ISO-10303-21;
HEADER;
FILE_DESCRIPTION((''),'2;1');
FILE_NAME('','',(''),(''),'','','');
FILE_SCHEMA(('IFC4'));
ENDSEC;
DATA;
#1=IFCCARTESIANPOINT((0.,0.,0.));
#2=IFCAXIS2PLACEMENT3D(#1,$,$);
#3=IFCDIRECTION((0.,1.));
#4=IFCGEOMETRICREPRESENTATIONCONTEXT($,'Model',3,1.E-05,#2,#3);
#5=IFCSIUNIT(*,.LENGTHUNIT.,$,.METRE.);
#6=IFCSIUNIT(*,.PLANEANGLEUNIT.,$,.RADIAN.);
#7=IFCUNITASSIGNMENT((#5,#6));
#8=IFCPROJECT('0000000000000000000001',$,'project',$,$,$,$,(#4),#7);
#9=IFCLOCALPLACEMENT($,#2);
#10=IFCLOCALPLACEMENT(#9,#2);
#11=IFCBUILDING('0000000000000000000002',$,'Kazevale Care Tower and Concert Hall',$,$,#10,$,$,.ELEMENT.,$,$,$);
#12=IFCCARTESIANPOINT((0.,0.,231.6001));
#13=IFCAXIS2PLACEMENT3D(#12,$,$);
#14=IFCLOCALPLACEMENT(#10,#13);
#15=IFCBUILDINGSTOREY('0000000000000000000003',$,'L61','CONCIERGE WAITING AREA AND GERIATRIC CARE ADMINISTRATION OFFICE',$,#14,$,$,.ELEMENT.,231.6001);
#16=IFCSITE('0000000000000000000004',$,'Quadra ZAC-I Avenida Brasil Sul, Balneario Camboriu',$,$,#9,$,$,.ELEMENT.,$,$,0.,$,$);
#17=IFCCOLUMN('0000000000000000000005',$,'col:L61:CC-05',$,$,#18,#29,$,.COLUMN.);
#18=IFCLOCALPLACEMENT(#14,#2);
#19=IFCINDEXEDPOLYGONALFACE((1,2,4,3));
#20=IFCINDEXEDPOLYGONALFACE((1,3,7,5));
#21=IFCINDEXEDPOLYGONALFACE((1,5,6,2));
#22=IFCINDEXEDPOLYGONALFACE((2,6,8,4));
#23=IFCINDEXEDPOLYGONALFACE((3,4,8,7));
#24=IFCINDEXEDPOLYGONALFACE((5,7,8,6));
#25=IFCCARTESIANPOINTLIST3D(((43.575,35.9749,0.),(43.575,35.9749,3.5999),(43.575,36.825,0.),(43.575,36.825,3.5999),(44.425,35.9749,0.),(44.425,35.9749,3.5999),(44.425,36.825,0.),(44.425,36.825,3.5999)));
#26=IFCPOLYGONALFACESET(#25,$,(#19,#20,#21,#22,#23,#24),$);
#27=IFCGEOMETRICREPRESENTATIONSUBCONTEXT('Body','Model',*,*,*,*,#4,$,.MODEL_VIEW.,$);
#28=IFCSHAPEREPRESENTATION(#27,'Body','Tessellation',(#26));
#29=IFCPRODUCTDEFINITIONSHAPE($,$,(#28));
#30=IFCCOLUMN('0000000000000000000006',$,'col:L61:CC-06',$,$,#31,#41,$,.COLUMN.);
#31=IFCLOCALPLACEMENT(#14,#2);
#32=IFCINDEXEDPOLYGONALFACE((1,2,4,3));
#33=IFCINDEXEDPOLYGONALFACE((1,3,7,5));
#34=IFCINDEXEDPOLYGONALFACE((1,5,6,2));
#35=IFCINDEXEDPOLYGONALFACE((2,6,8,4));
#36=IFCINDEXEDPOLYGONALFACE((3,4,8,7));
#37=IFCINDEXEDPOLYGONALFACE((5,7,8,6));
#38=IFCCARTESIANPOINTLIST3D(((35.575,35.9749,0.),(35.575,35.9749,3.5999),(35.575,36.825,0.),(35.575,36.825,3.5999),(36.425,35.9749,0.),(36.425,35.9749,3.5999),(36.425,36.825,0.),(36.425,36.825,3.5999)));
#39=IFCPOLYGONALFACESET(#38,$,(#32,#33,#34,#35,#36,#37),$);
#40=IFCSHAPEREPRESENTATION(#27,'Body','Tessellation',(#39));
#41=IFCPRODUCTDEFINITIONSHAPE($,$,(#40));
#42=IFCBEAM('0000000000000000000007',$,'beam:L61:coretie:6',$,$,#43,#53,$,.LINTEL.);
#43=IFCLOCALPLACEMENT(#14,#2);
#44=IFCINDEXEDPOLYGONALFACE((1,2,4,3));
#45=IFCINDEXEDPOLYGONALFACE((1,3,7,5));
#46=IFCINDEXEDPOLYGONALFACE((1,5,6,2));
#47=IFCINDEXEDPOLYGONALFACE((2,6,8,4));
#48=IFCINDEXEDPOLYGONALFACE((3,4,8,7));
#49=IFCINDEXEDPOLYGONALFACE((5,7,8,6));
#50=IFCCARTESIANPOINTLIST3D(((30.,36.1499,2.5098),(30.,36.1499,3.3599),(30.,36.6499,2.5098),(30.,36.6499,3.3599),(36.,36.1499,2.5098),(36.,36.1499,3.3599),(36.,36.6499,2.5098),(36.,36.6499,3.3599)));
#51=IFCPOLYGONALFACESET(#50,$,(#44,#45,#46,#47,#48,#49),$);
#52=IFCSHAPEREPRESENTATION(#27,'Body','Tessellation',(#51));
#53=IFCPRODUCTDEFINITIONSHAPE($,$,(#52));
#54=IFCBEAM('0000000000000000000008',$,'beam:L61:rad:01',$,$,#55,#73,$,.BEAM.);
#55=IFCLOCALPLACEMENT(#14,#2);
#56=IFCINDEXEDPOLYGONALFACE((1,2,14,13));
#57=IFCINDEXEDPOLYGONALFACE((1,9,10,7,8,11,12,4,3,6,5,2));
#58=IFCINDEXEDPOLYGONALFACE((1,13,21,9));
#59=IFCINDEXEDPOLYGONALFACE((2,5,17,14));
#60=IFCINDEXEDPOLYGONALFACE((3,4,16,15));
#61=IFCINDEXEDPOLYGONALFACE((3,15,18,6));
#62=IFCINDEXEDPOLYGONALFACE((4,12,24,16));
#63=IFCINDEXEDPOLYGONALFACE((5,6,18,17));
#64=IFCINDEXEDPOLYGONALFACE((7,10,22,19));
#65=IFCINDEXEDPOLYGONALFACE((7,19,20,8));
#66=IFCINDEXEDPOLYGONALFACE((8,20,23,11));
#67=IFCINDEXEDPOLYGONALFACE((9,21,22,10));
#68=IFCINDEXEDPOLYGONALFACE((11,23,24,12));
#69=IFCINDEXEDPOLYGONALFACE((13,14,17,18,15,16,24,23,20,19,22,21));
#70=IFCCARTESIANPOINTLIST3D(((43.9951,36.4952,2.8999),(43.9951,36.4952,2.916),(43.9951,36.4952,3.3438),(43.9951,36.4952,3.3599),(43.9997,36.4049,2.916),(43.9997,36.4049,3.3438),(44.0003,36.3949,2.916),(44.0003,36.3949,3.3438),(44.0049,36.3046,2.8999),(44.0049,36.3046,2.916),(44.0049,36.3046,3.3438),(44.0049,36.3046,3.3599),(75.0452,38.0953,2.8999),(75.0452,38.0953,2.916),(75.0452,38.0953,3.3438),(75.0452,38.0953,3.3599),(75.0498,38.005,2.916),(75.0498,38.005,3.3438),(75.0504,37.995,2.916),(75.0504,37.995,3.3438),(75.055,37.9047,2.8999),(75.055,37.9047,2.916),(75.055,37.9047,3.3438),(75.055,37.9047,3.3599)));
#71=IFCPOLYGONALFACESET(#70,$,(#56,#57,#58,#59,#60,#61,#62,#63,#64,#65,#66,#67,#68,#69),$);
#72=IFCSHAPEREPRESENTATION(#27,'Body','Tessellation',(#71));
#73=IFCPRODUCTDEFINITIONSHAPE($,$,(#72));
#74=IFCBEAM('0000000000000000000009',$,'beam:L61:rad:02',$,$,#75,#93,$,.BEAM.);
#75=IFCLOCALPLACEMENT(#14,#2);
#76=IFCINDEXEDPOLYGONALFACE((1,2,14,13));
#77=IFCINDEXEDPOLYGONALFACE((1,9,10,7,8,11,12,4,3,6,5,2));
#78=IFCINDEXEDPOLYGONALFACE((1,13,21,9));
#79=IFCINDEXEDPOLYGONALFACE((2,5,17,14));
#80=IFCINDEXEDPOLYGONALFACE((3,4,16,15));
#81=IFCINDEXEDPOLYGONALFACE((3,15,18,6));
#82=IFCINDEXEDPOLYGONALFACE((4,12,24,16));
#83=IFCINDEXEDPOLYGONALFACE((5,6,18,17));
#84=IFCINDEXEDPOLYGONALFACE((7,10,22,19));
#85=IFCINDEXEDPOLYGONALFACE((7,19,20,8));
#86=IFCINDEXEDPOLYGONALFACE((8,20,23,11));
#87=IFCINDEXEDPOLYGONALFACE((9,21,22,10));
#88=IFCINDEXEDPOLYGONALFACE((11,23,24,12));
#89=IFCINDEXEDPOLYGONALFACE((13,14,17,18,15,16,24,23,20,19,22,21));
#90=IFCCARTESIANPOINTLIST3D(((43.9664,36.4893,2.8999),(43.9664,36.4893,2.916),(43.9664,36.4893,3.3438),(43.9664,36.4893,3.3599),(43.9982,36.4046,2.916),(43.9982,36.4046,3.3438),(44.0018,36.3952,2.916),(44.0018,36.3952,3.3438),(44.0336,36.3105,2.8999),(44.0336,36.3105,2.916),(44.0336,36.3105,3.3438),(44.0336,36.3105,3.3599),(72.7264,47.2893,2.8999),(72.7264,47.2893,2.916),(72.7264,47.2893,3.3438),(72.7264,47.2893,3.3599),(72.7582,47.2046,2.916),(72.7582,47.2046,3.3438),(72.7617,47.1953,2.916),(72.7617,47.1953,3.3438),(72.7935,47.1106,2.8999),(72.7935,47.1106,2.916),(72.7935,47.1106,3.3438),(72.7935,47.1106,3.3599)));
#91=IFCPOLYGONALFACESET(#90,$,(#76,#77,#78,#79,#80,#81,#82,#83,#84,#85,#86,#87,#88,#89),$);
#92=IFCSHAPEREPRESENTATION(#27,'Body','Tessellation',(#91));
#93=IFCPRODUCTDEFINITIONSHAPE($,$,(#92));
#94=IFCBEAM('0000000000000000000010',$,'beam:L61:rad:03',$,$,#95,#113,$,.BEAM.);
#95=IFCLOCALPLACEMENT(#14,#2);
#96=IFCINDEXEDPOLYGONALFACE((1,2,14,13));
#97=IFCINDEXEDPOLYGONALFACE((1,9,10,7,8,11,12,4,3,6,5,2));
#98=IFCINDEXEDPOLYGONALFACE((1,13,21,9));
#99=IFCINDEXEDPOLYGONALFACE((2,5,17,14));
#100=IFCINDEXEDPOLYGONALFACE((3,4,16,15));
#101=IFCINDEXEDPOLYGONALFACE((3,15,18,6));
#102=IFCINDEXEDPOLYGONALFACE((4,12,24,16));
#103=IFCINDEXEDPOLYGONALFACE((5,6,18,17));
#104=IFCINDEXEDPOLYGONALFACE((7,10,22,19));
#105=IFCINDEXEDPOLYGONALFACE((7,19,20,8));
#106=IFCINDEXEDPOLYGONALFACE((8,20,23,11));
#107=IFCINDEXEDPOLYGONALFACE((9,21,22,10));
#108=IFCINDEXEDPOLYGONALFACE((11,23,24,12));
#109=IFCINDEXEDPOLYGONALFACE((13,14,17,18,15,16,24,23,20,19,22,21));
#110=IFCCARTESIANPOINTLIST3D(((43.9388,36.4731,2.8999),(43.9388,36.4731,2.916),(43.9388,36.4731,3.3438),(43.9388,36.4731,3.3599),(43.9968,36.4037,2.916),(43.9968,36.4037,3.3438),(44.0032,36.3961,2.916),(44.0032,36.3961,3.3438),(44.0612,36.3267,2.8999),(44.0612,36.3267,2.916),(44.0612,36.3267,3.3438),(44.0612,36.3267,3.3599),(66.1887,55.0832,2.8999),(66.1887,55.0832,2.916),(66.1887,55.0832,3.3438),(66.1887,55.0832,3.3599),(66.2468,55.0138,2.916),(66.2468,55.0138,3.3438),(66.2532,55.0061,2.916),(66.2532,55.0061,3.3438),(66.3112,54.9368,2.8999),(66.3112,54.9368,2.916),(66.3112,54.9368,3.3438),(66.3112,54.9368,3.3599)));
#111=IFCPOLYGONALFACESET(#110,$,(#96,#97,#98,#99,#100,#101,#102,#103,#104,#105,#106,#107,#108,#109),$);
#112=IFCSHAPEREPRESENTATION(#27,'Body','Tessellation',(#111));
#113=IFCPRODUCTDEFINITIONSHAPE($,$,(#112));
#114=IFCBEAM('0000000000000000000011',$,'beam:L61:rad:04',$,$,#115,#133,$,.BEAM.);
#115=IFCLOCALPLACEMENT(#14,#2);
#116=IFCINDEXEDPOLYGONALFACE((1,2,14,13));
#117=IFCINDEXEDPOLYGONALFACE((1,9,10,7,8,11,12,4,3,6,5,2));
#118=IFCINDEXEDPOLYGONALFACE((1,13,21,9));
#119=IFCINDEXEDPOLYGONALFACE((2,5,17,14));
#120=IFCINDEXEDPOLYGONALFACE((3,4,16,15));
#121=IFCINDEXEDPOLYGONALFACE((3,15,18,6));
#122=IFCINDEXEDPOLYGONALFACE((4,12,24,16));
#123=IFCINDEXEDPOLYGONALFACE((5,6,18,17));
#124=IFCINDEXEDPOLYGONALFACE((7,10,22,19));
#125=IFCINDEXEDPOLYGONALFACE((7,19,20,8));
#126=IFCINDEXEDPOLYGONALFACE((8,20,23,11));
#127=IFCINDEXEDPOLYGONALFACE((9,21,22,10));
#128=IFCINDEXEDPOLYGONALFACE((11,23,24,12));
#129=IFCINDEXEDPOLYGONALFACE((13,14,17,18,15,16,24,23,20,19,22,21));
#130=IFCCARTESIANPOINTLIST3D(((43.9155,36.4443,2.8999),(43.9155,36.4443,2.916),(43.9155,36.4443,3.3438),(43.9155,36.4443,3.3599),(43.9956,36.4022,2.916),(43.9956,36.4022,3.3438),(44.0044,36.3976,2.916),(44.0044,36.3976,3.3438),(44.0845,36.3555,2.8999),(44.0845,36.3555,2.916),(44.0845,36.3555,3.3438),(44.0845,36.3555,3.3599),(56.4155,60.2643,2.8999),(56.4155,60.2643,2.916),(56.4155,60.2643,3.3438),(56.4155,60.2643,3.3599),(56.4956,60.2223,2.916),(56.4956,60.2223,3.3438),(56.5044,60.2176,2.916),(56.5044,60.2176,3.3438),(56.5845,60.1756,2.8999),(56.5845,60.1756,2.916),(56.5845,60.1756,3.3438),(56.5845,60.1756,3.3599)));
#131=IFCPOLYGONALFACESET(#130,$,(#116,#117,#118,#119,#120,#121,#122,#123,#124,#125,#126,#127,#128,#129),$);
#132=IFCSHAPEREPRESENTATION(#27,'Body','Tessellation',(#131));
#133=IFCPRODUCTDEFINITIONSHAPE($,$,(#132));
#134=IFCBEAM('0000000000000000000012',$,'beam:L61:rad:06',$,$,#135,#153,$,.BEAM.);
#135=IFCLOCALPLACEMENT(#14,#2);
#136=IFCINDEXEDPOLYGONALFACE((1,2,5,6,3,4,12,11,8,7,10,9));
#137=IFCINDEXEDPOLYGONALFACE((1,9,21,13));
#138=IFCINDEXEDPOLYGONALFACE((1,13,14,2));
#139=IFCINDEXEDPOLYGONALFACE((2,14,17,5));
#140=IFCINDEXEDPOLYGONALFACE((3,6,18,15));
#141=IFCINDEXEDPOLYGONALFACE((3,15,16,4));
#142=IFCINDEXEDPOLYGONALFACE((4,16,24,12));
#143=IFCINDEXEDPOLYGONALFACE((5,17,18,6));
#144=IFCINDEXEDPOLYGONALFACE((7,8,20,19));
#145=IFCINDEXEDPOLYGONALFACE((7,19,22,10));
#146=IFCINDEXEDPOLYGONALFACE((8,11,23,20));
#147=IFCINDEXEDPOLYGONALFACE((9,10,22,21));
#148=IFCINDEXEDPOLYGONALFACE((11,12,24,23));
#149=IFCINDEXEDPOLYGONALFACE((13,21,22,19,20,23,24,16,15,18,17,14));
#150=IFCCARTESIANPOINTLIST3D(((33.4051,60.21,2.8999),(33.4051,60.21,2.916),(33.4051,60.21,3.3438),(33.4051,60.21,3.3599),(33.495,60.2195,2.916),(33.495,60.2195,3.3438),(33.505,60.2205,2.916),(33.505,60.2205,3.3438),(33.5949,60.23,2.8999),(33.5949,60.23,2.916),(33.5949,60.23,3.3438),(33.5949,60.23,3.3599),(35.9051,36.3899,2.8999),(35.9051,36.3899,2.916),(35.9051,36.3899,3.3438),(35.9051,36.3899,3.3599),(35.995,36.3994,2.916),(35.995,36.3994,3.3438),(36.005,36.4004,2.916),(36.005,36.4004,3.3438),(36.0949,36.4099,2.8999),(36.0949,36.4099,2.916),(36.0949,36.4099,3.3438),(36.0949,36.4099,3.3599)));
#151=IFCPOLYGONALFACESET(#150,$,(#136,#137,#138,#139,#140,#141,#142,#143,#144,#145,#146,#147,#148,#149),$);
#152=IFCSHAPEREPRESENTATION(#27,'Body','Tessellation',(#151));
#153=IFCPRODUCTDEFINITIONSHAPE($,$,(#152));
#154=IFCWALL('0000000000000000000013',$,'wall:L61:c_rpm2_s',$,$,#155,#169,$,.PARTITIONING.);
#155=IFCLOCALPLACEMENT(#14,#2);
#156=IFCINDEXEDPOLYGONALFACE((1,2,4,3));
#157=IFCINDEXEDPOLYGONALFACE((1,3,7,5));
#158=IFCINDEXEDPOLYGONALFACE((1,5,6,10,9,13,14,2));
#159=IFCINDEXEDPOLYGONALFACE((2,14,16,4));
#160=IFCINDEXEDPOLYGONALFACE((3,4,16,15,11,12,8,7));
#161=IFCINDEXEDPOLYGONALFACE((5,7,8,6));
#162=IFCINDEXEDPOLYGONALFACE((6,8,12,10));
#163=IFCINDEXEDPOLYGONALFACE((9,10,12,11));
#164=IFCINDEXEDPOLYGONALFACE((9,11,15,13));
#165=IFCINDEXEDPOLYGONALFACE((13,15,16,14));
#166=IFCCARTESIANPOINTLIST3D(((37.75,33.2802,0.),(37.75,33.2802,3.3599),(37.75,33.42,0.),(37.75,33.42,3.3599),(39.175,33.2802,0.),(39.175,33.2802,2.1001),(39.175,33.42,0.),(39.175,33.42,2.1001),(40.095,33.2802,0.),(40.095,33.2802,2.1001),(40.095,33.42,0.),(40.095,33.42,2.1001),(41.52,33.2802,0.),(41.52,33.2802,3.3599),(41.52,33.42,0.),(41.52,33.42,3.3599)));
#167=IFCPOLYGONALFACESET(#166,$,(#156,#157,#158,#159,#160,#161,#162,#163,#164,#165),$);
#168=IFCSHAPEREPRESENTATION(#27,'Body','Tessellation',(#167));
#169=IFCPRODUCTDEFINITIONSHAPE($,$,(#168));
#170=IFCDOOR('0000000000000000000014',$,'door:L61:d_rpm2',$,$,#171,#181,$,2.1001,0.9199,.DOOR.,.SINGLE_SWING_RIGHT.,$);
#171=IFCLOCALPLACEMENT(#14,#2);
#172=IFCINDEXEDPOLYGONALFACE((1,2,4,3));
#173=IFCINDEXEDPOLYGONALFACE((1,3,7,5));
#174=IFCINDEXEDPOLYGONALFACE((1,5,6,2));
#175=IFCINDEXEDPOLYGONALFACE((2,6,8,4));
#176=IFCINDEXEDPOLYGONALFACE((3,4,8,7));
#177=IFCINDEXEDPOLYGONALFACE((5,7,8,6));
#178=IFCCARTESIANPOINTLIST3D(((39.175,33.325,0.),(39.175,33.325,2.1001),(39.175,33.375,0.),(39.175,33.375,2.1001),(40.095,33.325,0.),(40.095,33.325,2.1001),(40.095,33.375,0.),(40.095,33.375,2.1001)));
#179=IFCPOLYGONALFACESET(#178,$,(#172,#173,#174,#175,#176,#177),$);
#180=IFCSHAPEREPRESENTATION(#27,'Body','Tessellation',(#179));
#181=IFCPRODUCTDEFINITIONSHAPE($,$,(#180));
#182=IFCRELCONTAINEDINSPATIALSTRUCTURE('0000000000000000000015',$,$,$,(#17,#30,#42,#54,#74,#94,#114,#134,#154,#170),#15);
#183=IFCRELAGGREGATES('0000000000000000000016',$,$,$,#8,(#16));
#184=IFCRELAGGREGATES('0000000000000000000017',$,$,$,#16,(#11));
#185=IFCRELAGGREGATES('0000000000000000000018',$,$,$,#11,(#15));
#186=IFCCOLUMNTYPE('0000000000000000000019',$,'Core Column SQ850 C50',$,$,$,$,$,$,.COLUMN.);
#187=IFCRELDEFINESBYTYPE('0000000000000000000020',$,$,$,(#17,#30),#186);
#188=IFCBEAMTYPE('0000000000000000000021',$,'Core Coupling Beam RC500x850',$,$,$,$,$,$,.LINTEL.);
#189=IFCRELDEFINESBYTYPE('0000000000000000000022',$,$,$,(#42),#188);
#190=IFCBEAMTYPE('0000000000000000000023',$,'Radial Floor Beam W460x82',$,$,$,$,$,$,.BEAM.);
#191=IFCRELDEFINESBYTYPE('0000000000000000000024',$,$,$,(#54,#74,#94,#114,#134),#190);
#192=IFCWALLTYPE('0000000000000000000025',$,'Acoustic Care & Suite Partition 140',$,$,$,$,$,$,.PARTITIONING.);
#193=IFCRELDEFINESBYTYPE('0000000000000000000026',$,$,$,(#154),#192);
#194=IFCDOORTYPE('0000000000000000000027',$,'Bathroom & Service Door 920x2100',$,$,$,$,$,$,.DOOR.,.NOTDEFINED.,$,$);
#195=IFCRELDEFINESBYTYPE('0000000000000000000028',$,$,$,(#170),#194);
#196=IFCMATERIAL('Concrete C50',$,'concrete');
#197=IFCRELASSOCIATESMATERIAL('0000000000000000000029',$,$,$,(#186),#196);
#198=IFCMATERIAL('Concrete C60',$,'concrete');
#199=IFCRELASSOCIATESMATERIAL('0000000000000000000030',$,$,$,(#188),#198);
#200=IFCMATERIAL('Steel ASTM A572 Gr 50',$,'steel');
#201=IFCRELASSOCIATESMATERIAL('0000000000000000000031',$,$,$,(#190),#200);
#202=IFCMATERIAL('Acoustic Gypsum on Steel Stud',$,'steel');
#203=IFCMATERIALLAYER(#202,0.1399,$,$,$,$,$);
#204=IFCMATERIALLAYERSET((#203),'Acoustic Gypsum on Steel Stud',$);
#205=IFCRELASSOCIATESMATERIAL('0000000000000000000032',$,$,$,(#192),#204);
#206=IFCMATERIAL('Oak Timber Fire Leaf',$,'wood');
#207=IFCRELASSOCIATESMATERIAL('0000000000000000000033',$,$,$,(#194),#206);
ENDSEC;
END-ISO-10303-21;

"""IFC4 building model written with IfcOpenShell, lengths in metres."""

from ifc_helpers import new_model, si_unit, direction, frame, frame_2d, origin, origin_2d, place, context, subcontext, project, spatial, rectangle, i_section, extrude, material, layer, layer_set, material_profile, profile_set, type_object, element, fill, save


model = new_model("IFC4")

# Units and contexts
model_context = context("Model", 3, precision=1e-05, world=origin(), true_north=direction((0.0, 1.0)))
body_context = subcontext(model_context, "Body", "Model", "MODEL_VIEW")
ifc_project = project(units=[si_unit("LENGTHUNIT", "METRE"), si_unit("PLANEANGLEUNIT", "RADIAN")], contexts=[model_context])

# Site, building, storey
site_placement = place(None, origin())
site = spatial("IfcSite", under=ifc_project, at=site_placement, Name="Quadra ZAC-I Avenida Brasil Sul, Balneario Camboriu", CompositionType="ELEMENT", RefElevation=0.0)
building_placement = place(site_placement, origin())
building = spatial("IfcBuilding", under=site, at=building_placement, Name="Kazevale Care Tower and Concert Hall", CompositionType="ELEMENT")
storey_placement = place(building_placement, frame((0.0, 0.0, 231.6001)))
storey = spatial("IfcBuildingStorey", under=building, at=storey_placement, Name="L61", Description="CONCIERGE WAITING AREA AND GERIATRIC CARE ADMINISTRATION OFFICE", CompositionType="ELEMENT", Elevation=231.6001)

# Columns
ifc_material_1 = material(Name="Concrete C50", Category="concrete")
ifc_material_profile_1 = material_profile(ifc_material_1, rectangle(XDim=0.8501, YDim=0.8501, at=origin_2d()), Name="RC-SQ850")
ifc_profile_set_1 = profile_set([ifc_material_profile_1], Name="Concrete C50")
column_type = type_object("IfcColumnType", Name="Core Column SQ850 C50", PredefinedType="COLUMN", material=ifc_profile_set_1)
for number, where, z_axis, x_axis, name in (
    (1, (44.0, 36.3999, 0.0), (0.0, 0.0, 1.0), (1.0, 0.0, 0.0), "col:L61:CC-05"),
    (2, (36.0, 36.3999, 0.0), (0.0, 0.0, 1.0), (1.0, 0.0, 0.0), "col:L61:CC-06"),
):
    element("IfcColumn", number, at=place(storey_placement, frame(where, z_axis=z_axis, x_axis=x_axis)), inside=storey, type_object=column_type, Name=name, PredefinedType="COLUMN", context=body_context, shape_type="SweptSolid", body=[
        extrude(rectangle(XDim=0.8501, YDim=0.8501, at=origin_2d()), origin(), (0.0, 0.0, 1.0), 3.5999),
    ])

# Beams
ifc_material_2 = material(Name="Concrete C60", Category="concrete")
ifc_material_profile_2 = material_profile(ifc_material_2, rectangle(XDim=0.5, YDim=0.8501, at=origin_2d()), Name="RC-B500x850")
ifc_profile_set_2 = profile_set([ifc_material_profile_2], Name="Concrete C60")
beam_type_1 = type_object("IfcBeamType", Name="Core Coupling Beam RC500x850", PredefinedType="LINTEL", material=ifc_profile_set_2)
beam_1_placement = place(storey_placement, frame((36.0, 36.3999, 2.9348), z_axis=(-1.0, 0.0, 0.0), x_axis=(0.0, -1.0, 0.0)))
element("IfcBeam", 3, at=beam_1_placement, inside=storey, type_object=beam_type_1, Name="beam:L61:coretie:6", PredefinedType="LINTEL", context=body_context, shape_type="SweptSolid", body=[
    extrude(rectangle(XDim=0.5, YDim=0.8501, at=origin_2d()), origin(), (0.0, 0.0, 1.0), 6.0),
])
ifc_material_3 = material(Name="Steel ASTM A572 Gr 50", Category="steel")
ifc_material_profile_3 = material_profile(ifc_material_3, i_section(OverallWidth=0.1909, OverallDepth=0.46, WebThickness=0.01, FlangeThickness=0.0161, at=origin_2d()), Name="W460x82")
ifc_profile_set_3 = profile_set([ifc_material_profile_3], Name="Steel ASTM A572 Gr 50")
beam_type_2 = type_object("IfcBeamType", Name="Radial Floor Beam W460x82", PredefinedType="BEAM", material=ifc_profile_set_3)
beam_2_placement = place(storey_placement, frame((44.0, 36.3999, 3.1299), z_axis=(0.998675, 0.051465, 0.0), x_axis=(-0.051465, 0.998675, 0.0)))
element("IfcBeam", 4, at=beam_2_placement, inside=storey, type_object=beam_type_2, Name="beam:L61:rad:01", PredefinedType="BEAM", context=body_context, shape_type="SweptSolid", body=[
    extrude(i_section(OverallWidth=0.1909, OverallDepth=0.46, WebThickness=0.01, FlangeThickness=0.0161, at=origin_2d()), origin(), (0.0, 0.0, 1.0), 31.0913),
])
beam_3_placement = place(storey_placement, frame((44.0, 36.3999, 3.1299), z_axis=(0.936168, 0.351553, 0.0), x_axis=(-0.351553, 0.936168, 0.0)))
element("IfcBeam", 5, at=beam_3_placement, inside=storey, type_object=beam_type_2, Name="beam:L61:rad:02", PredefinedType="BEAM", context=body_context, shape_type="SweptSolid", body=[
    extrude(i_section(OverallWidth=0.1909, OverallDepth=0.46, WebThickness=0.01, FlangeThickness=0.0161, at=origin_2d()), origin(), (0.0, 0.0, 1.0), 30.7209),
])
beam_4_placement = place(storey_placement, frame((44.0, 36.3999, 3.1299), z_axis=(0.76706, 0.641576, 0.0), x_axis=(-0.641576, 0.76706, 0.0)))
element("IfcBeam", 6, at=beam_4_placement, inside=storey, type_object=beam_type_2, Name="beam:L61:rad:03", PredefinedType="BEAM", context=body_context, shape_type="SweptSolid", body=[
    extrude(i_section(OverallWidth=0.1909, OverallDepth=0.46, WebThickness=0.01, FlangeThickness=0.0161, at=origin_2d()), origin(), (0.0, 0.0, 1.0), 29.0068),
])
beam_5_placement = place(storey_placement, frame((44.0, 36.3999, 3.1299), z_axis=(0.464673, 0.885483, 0.0), x_axis=(-0.885483, 0.464673, 0.0)))
element("IfcBeam", 7, at=beam_5_placement, inside=storey, type_object=beam_type_2, Name="beam:L61:rad:04", PredefinedType="BEAM", context=body_context, shape_type="SweptSolid", body=[
    extrude(i_section(OverallWidth=0.1909, OverallDepth=0.46, WebThickness=0.01, FlangeThickness=0.0161, at=origin_2d()), origin(), (0.0, 0.0, 1.0), 26.9006),
])
beam_6_placement = place(storey_placement, frame((36.0, 36.3999, 3.1299), z_axis=(-0.10438, 0.994537, 0.0), x_axis=(-0.994537, -0.10438, 0.0)))
element("IfcBeam", 8, at=beam_6_placement, inside=storey, type_object=beam_type_2, Name="beam:L61:rad:06", PredefinedType="BEAM", context=body_context, shape_type="SweptSolid", body=[
    extrude(i_section(OverallWidth=0.1909, OverallDepth=0.46, WebThickness=0.01, FlangeThickness=0.0161, at=origin_2d()), origin(), (0.0, 0.0, 1.0), 23.9509),
])

# Wall, opening, door
ifc_material_4 = material(Name="Acoustic Gypsum on Steel Stud", Category="steel")
ifc_layer_1 = layer(ifc_material_4, 0.1399)
ifc_layer_set_1 = layer_set([ifc_layer_1], Name="Acoustic Gypsum on Steel Stud")
wall_type_1 = type_object("IfcWallType", Name="Acoustic Care & Suite Partition 140", PredefinedType="PARTITIONING", material=ifc_layer_set_1)
wall_1_placement = place(storey_placement, frame((37.75, 33.3501, 0.0), z_axis=(0.0, 0.0, 1.0), x_axis=(1.0, 0.0, 0.0)))
wall_1 = element("IfcWall", 9, at=wall_1_placement, inside=storey, type_object=wall_type_1, Name="wall:L61:c_rpm2_s", PredefinedType="PARTITIONING", context=body_context, shape_type="SweptSolid", body=[
    extrude(rectangle(XDim=3.77, YDim=0.1399, at=frame_2d((1.885, 0.0))), origin(), (0.0, 0.0, 1.0), 3.3599),
])
opening_1_placement = place(wall_1_placement, frame((1.425, 0.0, 0.0)))
opening_1 = element("IfcOpeningElement", 10, at=opening_1_placement, cuts=wall_1, PredefinedType="OPENING", context=body_context, shape_type="SweptSolid", body=[
    extrude(rectangle(XDim=0.9199, YDim=2.1001, at=frame_2d((0.46, 1.05))), frame((0.0, 0.0798, 0.0), z_axis=(0.0, -1.0, 0.0), x_axis=(1.0, 0.0, 0.0)), (0.0, 0.0, 1.0), 0.1599),
])
ifc_material_5 = material(Name="Oak Timber Fire Leaf", Category="wood")
door_type = type_object("IfcDoorType", Name="Bathroom & Service Door 920x2100", OperationType="NOTDEFINED", PredefinedType="DOOR", material=ifc_material_5)
door_1_placement = place(opening_1_placement, origin())
door_1 = element("IfcDoor", 11, at=door_1_placement, inside=storey, type_object=door_type, Name="door:L61:d_rpm2", OperationType="SINGLE_SWING_RIGHT", OverallHeight=2.1001, OverallWidth=0.9199, PredefinedType="DOOR", context=body_context, shape_type="SweptSolid", body=[
    extrude(rectangle(XDim=0.9199, YDim=2.1001, at=frame_2d((0.46, 1.05))), frame((0.0, 0.0249, 0.0), z_axis=(0.0, -1.0, 0.0), x_axis=(1.0, 0.0, 0.0)), (0.0, 0.0, 1.0), 0.05),
])
fill(opening_1, door_1)

save(model, "model.ifc")
